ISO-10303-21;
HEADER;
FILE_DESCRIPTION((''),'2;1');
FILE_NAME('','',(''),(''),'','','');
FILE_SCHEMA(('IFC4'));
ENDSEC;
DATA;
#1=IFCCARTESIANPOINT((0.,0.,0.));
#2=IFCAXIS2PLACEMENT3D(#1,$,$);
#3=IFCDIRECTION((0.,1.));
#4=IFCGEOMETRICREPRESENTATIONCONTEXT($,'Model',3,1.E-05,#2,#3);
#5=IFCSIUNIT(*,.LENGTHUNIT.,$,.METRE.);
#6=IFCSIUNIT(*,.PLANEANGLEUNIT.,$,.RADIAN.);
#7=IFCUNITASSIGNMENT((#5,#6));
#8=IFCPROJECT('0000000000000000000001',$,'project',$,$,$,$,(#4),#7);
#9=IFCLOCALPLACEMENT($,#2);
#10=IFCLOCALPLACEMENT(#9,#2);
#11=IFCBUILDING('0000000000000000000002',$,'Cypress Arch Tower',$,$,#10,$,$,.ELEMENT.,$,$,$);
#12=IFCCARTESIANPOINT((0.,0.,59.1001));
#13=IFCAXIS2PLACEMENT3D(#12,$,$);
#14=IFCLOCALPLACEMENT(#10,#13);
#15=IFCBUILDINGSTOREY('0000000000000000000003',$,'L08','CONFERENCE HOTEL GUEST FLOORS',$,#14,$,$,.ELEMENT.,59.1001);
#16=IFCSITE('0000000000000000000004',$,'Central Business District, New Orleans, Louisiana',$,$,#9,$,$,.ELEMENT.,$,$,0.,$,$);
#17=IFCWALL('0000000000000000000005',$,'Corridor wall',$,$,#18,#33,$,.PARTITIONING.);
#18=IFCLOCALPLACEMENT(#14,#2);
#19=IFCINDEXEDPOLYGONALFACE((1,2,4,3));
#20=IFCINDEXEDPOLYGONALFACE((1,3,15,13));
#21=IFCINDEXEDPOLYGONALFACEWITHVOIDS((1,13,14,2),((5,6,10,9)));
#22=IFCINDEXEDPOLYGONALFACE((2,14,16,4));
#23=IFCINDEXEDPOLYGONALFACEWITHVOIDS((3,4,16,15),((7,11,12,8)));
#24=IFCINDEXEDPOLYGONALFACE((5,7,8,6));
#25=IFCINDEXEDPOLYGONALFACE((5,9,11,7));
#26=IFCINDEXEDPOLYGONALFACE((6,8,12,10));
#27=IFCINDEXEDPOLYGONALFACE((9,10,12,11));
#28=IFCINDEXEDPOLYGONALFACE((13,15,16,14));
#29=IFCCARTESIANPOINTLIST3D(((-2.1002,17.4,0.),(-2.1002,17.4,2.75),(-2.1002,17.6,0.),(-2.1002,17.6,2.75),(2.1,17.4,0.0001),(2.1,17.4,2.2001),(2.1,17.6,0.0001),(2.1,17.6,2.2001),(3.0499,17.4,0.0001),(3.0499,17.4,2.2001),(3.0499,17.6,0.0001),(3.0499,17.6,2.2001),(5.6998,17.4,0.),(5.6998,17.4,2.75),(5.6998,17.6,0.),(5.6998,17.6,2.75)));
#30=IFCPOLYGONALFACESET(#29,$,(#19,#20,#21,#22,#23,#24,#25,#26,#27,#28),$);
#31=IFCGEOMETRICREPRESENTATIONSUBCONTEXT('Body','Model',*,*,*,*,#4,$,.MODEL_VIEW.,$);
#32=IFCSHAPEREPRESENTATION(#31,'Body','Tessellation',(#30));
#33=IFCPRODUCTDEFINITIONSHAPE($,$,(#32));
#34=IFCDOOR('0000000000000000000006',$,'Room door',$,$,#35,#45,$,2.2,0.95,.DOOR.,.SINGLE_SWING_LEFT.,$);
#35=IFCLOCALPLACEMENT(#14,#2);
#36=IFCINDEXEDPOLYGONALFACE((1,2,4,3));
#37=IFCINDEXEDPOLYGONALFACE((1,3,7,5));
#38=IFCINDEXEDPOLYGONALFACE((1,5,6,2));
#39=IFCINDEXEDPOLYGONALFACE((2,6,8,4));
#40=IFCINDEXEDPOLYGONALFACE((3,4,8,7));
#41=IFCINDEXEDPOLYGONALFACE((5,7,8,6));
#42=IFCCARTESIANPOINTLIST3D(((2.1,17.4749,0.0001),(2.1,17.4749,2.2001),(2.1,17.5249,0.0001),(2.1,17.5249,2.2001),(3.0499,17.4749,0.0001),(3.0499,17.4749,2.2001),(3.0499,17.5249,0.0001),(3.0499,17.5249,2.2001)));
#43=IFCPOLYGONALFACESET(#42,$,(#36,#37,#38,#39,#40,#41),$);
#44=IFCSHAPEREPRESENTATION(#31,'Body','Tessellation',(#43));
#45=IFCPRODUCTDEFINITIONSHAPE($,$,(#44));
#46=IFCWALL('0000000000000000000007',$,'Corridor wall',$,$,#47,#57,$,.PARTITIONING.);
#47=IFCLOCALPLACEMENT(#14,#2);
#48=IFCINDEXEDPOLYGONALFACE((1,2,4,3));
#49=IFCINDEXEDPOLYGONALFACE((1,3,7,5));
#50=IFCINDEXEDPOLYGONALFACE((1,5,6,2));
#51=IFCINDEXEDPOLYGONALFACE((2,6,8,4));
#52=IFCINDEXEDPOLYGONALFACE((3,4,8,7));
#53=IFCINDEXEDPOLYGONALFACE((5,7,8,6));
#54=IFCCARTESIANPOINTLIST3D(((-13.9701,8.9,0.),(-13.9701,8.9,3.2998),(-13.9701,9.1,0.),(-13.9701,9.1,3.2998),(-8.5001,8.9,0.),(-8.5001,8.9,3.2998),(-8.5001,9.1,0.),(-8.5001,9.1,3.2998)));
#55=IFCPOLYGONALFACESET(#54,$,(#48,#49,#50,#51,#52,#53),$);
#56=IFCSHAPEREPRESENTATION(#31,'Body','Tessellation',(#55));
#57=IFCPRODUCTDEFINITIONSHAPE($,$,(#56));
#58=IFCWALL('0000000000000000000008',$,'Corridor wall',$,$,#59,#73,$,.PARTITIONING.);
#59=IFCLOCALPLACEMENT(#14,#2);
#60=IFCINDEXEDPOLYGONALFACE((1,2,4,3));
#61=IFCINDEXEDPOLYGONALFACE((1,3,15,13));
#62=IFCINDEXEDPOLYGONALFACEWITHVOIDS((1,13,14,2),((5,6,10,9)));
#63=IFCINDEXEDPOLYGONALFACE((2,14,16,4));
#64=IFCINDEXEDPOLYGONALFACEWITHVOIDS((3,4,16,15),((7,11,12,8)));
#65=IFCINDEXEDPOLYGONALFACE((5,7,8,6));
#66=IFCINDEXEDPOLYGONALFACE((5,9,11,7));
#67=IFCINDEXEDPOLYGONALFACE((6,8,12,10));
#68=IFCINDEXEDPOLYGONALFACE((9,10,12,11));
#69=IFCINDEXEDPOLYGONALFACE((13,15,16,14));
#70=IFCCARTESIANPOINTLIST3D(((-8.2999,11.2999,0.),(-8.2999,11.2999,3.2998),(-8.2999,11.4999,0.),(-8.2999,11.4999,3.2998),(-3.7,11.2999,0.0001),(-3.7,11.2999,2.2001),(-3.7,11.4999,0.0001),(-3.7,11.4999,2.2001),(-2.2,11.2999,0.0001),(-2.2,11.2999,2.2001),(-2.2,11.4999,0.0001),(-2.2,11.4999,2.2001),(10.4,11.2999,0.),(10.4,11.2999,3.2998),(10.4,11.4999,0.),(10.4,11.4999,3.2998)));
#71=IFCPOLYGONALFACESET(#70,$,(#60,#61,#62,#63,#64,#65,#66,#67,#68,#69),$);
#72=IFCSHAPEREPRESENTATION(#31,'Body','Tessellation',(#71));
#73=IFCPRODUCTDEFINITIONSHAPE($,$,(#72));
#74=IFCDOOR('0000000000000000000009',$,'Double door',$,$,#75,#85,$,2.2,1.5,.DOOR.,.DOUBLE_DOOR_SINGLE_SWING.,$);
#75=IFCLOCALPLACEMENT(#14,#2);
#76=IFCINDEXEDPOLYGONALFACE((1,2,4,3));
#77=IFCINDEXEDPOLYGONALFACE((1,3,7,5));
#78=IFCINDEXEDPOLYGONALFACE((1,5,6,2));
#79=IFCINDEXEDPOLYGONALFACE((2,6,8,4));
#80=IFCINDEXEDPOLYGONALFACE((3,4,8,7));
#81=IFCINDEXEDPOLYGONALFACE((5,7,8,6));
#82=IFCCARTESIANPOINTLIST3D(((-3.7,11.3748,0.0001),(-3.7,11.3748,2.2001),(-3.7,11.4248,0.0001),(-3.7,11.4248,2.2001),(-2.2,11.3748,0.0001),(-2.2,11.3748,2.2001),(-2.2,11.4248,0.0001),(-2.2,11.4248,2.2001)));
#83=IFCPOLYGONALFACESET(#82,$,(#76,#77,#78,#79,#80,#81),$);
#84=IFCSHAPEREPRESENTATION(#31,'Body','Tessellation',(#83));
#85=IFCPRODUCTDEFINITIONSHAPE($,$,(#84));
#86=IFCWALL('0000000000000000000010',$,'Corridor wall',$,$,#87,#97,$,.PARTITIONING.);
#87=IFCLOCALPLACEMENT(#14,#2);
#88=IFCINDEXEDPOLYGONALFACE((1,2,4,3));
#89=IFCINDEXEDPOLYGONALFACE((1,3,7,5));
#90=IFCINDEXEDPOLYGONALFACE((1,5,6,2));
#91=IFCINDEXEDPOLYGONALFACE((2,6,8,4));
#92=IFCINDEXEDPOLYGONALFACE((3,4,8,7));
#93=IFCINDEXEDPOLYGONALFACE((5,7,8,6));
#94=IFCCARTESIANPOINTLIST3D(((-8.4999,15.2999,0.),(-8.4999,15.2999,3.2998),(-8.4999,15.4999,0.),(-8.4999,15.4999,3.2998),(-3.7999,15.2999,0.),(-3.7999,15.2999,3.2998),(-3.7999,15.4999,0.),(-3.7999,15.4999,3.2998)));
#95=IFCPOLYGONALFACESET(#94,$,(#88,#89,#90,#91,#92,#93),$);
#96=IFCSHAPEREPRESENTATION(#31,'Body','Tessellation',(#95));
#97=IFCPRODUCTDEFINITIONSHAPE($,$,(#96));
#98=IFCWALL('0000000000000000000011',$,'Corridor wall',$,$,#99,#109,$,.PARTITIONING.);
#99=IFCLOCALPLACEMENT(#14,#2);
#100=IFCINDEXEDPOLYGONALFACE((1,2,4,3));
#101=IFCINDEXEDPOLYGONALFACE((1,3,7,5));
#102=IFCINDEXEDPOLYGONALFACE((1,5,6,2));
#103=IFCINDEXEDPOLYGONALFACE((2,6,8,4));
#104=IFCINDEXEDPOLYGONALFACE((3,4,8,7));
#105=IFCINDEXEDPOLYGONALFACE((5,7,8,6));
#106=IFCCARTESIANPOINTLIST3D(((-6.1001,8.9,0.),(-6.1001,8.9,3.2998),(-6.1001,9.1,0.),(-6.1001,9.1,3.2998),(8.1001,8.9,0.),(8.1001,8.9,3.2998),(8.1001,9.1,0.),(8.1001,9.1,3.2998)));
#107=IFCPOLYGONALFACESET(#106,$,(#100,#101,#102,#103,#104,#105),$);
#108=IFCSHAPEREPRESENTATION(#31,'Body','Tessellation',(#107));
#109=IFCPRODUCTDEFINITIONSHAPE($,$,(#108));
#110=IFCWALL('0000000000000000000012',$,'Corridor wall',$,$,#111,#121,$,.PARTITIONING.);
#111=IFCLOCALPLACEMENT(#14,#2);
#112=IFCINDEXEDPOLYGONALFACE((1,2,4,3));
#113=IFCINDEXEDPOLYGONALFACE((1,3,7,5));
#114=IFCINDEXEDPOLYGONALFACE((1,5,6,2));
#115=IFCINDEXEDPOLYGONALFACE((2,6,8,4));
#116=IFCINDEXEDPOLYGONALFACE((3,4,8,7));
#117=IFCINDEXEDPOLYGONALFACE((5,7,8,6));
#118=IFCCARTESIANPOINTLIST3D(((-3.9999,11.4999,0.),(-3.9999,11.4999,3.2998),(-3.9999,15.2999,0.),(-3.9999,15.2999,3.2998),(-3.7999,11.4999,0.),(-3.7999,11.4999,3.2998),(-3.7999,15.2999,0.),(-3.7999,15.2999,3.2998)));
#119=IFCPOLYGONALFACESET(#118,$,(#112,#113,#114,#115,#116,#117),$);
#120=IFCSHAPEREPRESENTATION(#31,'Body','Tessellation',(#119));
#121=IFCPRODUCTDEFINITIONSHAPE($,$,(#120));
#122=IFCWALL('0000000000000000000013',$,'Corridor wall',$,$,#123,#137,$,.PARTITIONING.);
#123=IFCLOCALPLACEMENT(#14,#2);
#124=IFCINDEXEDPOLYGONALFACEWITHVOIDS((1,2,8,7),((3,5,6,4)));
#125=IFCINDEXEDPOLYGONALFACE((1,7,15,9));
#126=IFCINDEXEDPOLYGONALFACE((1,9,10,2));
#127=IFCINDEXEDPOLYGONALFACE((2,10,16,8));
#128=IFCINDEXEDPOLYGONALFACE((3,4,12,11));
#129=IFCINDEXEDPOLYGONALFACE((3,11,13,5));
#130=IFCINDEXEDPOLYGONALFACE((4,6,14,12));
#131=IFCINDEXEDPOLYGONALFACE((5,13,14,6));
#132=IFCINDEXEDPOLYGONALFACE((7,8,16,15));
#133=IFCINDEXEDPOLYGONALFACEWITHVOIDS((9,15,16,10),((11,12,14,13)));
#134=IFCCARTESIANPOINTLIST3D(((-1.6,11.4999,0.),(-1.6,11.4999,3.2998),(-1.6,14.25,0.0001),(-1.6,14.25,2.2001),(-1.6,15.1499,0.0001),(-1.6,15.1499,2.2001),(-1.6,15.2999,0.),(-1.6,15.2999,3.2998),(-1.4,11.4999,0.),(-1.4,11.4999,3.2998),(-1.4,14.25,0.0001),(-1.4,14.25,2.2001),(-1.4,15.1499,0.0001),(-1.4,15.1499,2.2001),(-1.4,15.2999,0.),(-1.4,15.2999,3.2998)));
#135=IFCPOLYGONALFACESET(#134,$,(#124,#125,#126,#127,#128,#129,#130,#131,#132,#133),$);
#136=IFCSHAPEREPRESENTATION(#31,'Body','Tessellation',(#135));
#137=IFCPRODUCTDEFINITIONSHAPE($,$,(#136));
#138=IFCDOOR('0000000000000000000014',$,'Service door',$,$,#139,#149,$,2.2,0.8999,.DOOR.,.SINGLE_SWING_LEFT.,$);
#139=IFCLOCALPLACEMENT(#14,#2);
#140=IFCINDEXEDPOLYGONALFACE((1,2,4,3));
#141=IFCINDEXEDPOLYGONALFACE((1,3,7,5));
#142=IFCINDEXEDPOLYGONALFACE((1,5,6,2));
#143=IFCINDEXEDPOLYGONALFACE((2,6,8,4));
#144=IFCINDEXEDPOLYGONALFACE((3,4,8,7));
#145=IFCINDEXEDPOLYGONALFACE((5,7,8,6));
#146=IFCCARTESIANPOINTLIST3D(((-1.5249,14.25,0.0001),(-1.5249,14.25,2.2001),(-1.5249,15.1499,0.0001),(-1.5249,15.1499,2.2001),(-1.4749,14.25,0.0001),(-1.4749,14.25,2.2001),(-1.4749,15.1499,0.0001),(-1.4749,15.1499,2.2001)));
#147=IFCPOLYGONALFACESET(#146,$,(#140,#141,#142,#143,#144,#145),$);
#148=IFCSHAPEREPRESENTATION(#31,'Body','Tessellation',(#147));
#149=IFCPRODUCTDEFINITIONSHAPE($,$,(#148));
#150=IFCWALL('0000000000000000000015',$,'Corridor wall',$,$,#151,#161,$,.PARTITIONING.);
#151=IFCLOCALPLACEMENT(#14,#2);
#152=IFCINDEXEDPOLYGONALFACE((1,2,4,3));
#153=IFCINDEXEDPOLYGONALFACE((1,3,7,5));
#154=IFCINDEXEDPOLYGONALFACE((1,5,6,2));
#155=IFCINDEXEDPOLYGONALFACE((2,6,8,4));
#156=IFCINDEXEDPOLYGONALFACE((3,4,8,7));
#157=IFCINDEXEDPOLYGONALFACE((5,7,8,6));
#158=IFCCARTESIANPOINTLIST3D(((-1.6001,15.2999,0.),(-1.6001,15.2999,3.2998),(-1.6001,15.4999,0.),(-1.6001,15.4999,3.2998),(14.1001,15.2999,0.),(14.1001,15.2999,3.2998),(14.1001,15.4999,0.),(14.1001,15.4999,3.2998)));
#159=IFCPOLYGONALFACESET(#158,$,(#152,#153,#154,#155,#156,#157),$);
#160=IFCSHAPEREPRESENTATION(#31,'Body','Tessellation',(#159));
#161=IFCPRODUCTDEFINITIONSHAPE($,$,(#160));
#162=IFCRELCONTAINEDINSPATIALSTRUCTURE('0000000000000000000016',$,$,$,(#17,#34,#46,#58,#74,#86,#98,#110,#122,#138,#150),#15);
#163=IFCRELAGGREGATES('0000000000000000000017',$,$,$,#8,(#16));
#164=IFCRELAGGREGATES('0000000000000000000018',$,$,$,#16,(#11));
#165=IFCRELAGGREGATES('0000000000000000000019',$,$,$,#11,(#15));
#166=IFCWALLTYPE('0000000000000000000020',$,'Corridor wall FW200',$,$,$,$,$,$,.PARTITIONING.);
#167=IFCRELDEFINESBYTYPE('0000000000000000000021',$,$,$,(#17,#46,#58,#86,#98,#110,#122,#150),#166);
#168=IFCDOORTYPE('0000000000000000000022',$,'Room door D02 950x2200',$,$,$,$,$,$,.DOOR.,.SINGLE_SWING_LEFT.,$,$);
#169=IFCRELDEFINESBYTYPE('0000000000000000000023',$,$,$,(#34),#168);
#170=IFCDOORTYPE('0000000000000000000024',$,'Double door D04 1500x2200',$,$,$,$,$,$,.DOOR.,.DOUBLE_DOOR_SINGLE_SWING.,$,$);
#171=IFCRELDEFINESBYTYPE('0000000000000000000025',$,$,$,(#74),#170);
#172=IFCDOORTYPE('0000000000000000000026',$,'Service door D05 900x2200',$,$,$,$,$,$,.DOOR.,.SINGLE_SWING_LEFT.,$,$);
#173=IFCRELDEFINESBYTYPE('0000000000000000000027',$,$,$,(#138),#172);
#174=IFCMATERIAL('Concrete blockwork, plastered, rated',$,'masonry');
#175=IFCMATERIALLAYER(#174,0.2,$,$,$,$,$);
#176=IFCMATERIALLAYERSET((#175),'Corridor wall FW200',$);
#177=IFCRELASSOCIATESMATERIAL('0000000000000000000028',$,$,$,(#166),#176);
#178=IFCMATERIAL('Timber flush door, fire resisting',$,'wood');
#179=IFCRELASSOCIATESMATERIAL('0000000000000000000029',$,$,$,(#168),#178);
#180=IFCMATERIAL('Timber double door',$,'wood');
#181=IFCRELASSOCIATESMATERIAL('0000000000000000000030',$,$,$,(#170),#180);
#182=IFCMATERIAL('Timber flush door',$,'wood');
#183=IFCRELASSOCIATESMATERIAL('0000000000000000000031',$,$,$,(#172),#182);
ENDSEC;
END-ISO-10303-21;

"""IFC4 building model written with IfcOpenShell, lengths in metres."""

from ifc_helpers import new_model, si_unit, direction, frame, frame_2d, origin, place, context, subcontext, project, spatial, rectangle, extrude, material, layer, layer_set, type_object, element, fill, save


model = new_model("IFC4")

# Units and contexts
model_context = context("Model", 3, precision=1e-05, world=origin(), true_north=direction((0.0, 1.0)))
body_context = subcontext(model_context, "Body", "Model", "MODEL_VIEW")
ifc_project = project(units=[si_unit("LENGTHUNIT", "METRE"), si_unit("PLANEANGLEUNIT", "RADIAN")], contexts=[model_context])

# Site, building, storey
site_placement = place(None, origin())
site = spatial("IfcSite", under=ifc_project, at=site_placement, Name="Central Business District, New Orleans, Louisiana", CompositionType="ELEMENT", RefElevation=0.0)
building_placement = place(site_placement, origin())
building = spatial("IfcBuilding", under=site, at=building_placement, Name="Cypress Arch Tower", CompositionType="ELEMENT")
storey_placement = place(building_placement, frame((0.0, 0.0, 59.1001)))
storey = spatial("IfcBuildingStorey", under=building, at=storey_placement, Name="L08", Description="CONFERENCE HOTEL GUEST FLOORS", CompositionType="ELEMENT", Elevation=59.1001)

# Shared definitions
ifc_material_1 = material(Name="Concrete blockwork, plastered, rated", Category="masonry")
ifc_layer_1 = layer(ifc_material_1, 0.2)
ifc_layer_set_1 = layer_set([ifc_layer_1], Name="Corridor wall FW200")
wall_type_1 = type_object("IfcWallType", Name="Corridor wall FW200", PredefinedType="PARTITIONING", material=ifc_layer_set_1)

# Shared definitions
ifc_material_2 = material(Name="Timber flush door, fire resisting", Category="wood")
door_type_1 = type_object("IfcDoorType", Name="Room door D02 950x2200", OperationType="SINGLE_SWING_LEFT", PredefinedType="DOOR", material=ifc_material_2)

# Wall, opening, door
wall_1_placement = place(storey_placement, frame((-2.1001, 17.5, 0.0), z_axis=(0.0, 0.0, 1.0), x_axis=(1.0, 0.0, 0.0)))
wall_1 = element("IfcWall", 1, at=wall_1_placement, inside=storey, type_object=wall_type_1, Name="Corridor wall", PredefinedType="PARTITIONING", context=body_context, shape_type="SweptSolid", body=[
    extrude(rectangle(XDim=7.8, YDim=0.2, at=frame_2d((3.8999, 0.0))), origin(), (0.0, 0.0, 1.0), 2.75),
])
opening_1_placement = place(wall_1_placement, frame((4.2, 0.0, 0.0)))
opening_1 = element("IfcOpeningElement", 2, at=opening_1_placement, cuts=wall_1, PredefinedType="OPENING", context=body_context, shape_type="SweptSolid", body=[
    extrude(rectangle(XDim=0.95, YDim=2.2, at=frame_2d((0.4751, 1.1001))), frame((0.0, 0.1099, 0.0), z_axis=(0.0, -1.0, 0.0), x_axis=(1.0, 0.0, 0.0)), (0.0, 0.0, 1.0), 0.22),
])
door_1_placement = place(opening_1_placement, origin())
door_1 = element("IfcDoor", 3, at=door_1_placement, inside=storey, type_object=door_type_1, Name="Room door", OperationType="SINGLE_SWING_LEFT", OverallHeight=2.2, OverallWidth=0.95, PredefinedType="DOOR", context=body_context, shape_type="SweptSolid", body=[
    extrude(rectangle(XDim=0.95, YDim=2.2, at=frame_2d((0.4751, 1.1001))), frame((0.0, 0.0249, 0.0), z_axis=(0.0, -1.0, 0.0), x_axis=(1.0, 0.0, 0.0)), (0.0, 0.0, 1.0), 0.05),
])
fill(opening_1, door_1)

# Wall
wall_2_placement = place(storey_placement, frame((-13.97, 9.0, 0.0), z_axis=(0.0, 0.0, 1.0), x_axis=(1.0, 0.0, 0.0)))
element("IfcWall", 4, at=wall_2_placement, inside=storey, type_object=wall_type_1, Name="Corridor wall", PredefinedType="PARTITIONING", context=body_context, shape_type="SweptSolid", body=[
    extrude(rectangle(XDim=5.47, YDim=0.2, at=frame_2d((2.7349, 0.0))), origin(), (0.0, 0.0, 1.0), 3.2998),
])

# Wall, opening, door
wall_3_placement = place(storey_placement, frame((-8.3, 11.3999, 0.0), z_axis=(0.0, 0.0, 1.0), x_axis=(1.0, 0.0, 0.0)))
wall_3 = element("IfcWall", 5, at=wall_3_placement, inside=storey, type_object=wall_type_1, Name="Corridor wall", PredefinedType="PARTITIONING", context=body_context, shape_type="SweptSolid", body=[
    extrude(rectangle(XDim=18.7, YDim=0.2, at=frame_2d((9.3501, 0.0))), origin(), (0.0, 0.0, 1.0), 3.2998),
])
opening_2_placement = place(wall_3_placement, frame((4.6001, 0.0, 0.0)))
opening_2 = element("IfcOpeningElement", 6, at=opening_2_placement, cuts=wall_3, PredefinedType="OPENING", context=body_context, shape_type="SweptSolid", body=[
    extrude(rectangle(XDim=1.5, YDim=2.2, at=frame_2d((0.75, 1.1001))), frame((0.0, 0.1099, 0.0), z_axis=(0.0, -1.0, 0.0), x_axis=(1.0, 0.0, 0.0)), (0.0, 0.0, 1.0), 0.22),
])
ifc_material_3 = material(Name="Timber double door", Category="wood")
door_type_2 = type_object("IfcDoorType", Name="Double door D04 1500x2200", OperationType="DOUBLE_DOOR_SINGLE_SWING", PredefinedType="DOOR", material=ifc_material_3)
door_2_placement = place(opening_2_placement, origin())
door_2 = element("IfcDoor", 7, at=door_2_placement, inside=storey, type_object=door_type_2, Name="Double door", OperationType="DOUBLE_DOOR_SINGLE_SWING", OverallHeight=2.2, OverallWidth=1.5, PredefinedType="DOOR", context=body_context, shape_type="SweptSolid", body=[
    extrude(rectangle(XDim=1.5, YDim=2.2, at=frame_2d((0.75, 1.1001))), frame((0.0, 0.0249, 0.0), z_axis=(0.0, -1.0, 0.0), x_axis=(1.0, 0.0, 0.0)), (0.0, 0.0, 1.0), 0.05),
])
fill(opening_2, door_2)

# Walls
wall_4_placement = place(storey_placement, frame((-8.5, 15.3999, 0.0), z_axis=(0.0, 0.0, 1.0), x_axis=(1.0, 0.0, 0.0)))
element("IfcWall", 8, at=wall_4_placement, inside=storey, type_object=wall_type_1, Name="Corridor wall", PredefinedType="PARTITIONING", context=body_context, shape_type="SweptSolid", body=[
    extrude(rectangle(XDim=4.7, YDim=0.2, at=frame_2d((2.3501, 0.0))), origin(), (0.0, 0.0, 1.0), 3.2998),
])
wall_5_placement = place(storey_placement, frame((-6.1001, 9.0, 0.0), z_axis=(0.0, 0.0, 1.0), x_axis=(1.0, 0.0, 0.0)))
element("IfcWall", 9, at=wall_5_placement, inside=storey, type_object=wall_type_1, Name="Corridor wall", PredefinedType="PARTITIONING", context=body_context, shape_type="SweptSolid", body=[
    extrude(rectangle(XDim=14.2002, YDim=0.2, at=frame_2d((7.1001, 0.0))), origin(), (0.0, 0.0, 1.0), 3.2998),
])
wall_6_placement = place(storey_placement, frame((-3.8999, 11.5, 0.0), z_axis=(0.0, 0.0, 1.0), x_axis=(0.0, 1.0, 0.0)))
element("IfcWall", 10, at=wall_6_placement, inside=storey, type_object=wall_type_1, Name="Corridor wall", PredefinedType="PARTITIONING", context=body_context, shape_type="SweptSolid", body=[
    extrude(rectangle(XDim=3.8, YDim=0.2, at=frame_2d((1.8999, 0.0))), origin(), (0.0, 0.0, 1.0), 3.2998),
])

# Wall, opening, door
wall_7_placement = place(storey_placement, frame((-1.5, 11.5, 0.0), z_axis=(0.0, 0.0, 1.0), x_axis=(0.0, 1.0, 0.0)))
wall_7 = element("IfcWall", 11, at=wall_7_placement, inside=storey, type_object=wall_type_1, Name="Corridor wall", PredefinedType="PARTITIONING", context=body_context, shape_type="SweptSolid", body=[
    extrude(rectangle(XDim=3.8, YDim=0.2, at=frame_2d((1.8999, 0.0))), origin(), (0.0, 0.0, 1.0), 3.2998),
])
opening_3_placement = place(wall_7_placement, frame((2.75, 0.0, 0.0)))
opening_3 = element("IfcOpeningElement", 12, at=opening_3_placement, cuts=wall_7, PredefinedType="OPENING", context=body_context, shape_type="SweptSolid", body=[
    extrude(rectangle(XDim=0.8999, YDim=2.2, at=frame_2d((0.45, 1.1001))), frame((0.0, 0.1099, 0.0), z_axis=(0.0, -1.0, 0.0), x_axis=(1.0, 0.0, 0.0)), (0.0, 0.0, 1.0), 0.22),
])
ifc_material_4 = material(Name="Timber flush door", Category="wood")
door_type_3 = type_object("IfcDoorType", Name="Service door D05 900x2200", OperationType="SINGLE_SWING_LEFT", PredefinedType="DOOR", material=ifc_material_4)
door_3_placement = place(opening_3_placement, origin())
door_3 = element("IfcDoor", 13, at=door_3_placement, inside=storey, type_object=door_type_3, Name="Service door", OperationType="SINGLE_SWING_LEFT", OverallHeight=2.2, OverallWidth=0.8999, PredefinedType="DOOR", context=body_context, shape_type="SweptSolid", body=[
    extrude(rectangle(XDim=0.8999, YDim=2.2, at=frame_2d((0.45, 1.1001))), frame((0.0, 0.0249, 0.0), z_axis=(0.0, -1.0, 0.0), x_axis=(1.0, 0.0, 0.0)), (0.0, 0.0, 1.0), 0.05),
])
fill(opening_3, door_3)

# Wall
wall_8_placement = place(storey_placement, frame((-1.6001, 15.3999, 0.0), z_axis=(0.0, 0.0, 1.0), x_axis=(1.0, 0.0, 0.0)))
element("IfcWall", 14, at=wall_8_placement, inside=storey, type_object=wall_type_1, Name="Corridor wall", PredefinedType="PARTITIONING", context=body_context, shape_type="SweptSolid", body=[
    extrude(rectangle(XDim=15.7002, YDim=0.2, at=frame_2d((7.8501, 0.0))), origin(), (0.0, 0.0, 1.0), 3.2998),
])

save(model, "model.ifc")
